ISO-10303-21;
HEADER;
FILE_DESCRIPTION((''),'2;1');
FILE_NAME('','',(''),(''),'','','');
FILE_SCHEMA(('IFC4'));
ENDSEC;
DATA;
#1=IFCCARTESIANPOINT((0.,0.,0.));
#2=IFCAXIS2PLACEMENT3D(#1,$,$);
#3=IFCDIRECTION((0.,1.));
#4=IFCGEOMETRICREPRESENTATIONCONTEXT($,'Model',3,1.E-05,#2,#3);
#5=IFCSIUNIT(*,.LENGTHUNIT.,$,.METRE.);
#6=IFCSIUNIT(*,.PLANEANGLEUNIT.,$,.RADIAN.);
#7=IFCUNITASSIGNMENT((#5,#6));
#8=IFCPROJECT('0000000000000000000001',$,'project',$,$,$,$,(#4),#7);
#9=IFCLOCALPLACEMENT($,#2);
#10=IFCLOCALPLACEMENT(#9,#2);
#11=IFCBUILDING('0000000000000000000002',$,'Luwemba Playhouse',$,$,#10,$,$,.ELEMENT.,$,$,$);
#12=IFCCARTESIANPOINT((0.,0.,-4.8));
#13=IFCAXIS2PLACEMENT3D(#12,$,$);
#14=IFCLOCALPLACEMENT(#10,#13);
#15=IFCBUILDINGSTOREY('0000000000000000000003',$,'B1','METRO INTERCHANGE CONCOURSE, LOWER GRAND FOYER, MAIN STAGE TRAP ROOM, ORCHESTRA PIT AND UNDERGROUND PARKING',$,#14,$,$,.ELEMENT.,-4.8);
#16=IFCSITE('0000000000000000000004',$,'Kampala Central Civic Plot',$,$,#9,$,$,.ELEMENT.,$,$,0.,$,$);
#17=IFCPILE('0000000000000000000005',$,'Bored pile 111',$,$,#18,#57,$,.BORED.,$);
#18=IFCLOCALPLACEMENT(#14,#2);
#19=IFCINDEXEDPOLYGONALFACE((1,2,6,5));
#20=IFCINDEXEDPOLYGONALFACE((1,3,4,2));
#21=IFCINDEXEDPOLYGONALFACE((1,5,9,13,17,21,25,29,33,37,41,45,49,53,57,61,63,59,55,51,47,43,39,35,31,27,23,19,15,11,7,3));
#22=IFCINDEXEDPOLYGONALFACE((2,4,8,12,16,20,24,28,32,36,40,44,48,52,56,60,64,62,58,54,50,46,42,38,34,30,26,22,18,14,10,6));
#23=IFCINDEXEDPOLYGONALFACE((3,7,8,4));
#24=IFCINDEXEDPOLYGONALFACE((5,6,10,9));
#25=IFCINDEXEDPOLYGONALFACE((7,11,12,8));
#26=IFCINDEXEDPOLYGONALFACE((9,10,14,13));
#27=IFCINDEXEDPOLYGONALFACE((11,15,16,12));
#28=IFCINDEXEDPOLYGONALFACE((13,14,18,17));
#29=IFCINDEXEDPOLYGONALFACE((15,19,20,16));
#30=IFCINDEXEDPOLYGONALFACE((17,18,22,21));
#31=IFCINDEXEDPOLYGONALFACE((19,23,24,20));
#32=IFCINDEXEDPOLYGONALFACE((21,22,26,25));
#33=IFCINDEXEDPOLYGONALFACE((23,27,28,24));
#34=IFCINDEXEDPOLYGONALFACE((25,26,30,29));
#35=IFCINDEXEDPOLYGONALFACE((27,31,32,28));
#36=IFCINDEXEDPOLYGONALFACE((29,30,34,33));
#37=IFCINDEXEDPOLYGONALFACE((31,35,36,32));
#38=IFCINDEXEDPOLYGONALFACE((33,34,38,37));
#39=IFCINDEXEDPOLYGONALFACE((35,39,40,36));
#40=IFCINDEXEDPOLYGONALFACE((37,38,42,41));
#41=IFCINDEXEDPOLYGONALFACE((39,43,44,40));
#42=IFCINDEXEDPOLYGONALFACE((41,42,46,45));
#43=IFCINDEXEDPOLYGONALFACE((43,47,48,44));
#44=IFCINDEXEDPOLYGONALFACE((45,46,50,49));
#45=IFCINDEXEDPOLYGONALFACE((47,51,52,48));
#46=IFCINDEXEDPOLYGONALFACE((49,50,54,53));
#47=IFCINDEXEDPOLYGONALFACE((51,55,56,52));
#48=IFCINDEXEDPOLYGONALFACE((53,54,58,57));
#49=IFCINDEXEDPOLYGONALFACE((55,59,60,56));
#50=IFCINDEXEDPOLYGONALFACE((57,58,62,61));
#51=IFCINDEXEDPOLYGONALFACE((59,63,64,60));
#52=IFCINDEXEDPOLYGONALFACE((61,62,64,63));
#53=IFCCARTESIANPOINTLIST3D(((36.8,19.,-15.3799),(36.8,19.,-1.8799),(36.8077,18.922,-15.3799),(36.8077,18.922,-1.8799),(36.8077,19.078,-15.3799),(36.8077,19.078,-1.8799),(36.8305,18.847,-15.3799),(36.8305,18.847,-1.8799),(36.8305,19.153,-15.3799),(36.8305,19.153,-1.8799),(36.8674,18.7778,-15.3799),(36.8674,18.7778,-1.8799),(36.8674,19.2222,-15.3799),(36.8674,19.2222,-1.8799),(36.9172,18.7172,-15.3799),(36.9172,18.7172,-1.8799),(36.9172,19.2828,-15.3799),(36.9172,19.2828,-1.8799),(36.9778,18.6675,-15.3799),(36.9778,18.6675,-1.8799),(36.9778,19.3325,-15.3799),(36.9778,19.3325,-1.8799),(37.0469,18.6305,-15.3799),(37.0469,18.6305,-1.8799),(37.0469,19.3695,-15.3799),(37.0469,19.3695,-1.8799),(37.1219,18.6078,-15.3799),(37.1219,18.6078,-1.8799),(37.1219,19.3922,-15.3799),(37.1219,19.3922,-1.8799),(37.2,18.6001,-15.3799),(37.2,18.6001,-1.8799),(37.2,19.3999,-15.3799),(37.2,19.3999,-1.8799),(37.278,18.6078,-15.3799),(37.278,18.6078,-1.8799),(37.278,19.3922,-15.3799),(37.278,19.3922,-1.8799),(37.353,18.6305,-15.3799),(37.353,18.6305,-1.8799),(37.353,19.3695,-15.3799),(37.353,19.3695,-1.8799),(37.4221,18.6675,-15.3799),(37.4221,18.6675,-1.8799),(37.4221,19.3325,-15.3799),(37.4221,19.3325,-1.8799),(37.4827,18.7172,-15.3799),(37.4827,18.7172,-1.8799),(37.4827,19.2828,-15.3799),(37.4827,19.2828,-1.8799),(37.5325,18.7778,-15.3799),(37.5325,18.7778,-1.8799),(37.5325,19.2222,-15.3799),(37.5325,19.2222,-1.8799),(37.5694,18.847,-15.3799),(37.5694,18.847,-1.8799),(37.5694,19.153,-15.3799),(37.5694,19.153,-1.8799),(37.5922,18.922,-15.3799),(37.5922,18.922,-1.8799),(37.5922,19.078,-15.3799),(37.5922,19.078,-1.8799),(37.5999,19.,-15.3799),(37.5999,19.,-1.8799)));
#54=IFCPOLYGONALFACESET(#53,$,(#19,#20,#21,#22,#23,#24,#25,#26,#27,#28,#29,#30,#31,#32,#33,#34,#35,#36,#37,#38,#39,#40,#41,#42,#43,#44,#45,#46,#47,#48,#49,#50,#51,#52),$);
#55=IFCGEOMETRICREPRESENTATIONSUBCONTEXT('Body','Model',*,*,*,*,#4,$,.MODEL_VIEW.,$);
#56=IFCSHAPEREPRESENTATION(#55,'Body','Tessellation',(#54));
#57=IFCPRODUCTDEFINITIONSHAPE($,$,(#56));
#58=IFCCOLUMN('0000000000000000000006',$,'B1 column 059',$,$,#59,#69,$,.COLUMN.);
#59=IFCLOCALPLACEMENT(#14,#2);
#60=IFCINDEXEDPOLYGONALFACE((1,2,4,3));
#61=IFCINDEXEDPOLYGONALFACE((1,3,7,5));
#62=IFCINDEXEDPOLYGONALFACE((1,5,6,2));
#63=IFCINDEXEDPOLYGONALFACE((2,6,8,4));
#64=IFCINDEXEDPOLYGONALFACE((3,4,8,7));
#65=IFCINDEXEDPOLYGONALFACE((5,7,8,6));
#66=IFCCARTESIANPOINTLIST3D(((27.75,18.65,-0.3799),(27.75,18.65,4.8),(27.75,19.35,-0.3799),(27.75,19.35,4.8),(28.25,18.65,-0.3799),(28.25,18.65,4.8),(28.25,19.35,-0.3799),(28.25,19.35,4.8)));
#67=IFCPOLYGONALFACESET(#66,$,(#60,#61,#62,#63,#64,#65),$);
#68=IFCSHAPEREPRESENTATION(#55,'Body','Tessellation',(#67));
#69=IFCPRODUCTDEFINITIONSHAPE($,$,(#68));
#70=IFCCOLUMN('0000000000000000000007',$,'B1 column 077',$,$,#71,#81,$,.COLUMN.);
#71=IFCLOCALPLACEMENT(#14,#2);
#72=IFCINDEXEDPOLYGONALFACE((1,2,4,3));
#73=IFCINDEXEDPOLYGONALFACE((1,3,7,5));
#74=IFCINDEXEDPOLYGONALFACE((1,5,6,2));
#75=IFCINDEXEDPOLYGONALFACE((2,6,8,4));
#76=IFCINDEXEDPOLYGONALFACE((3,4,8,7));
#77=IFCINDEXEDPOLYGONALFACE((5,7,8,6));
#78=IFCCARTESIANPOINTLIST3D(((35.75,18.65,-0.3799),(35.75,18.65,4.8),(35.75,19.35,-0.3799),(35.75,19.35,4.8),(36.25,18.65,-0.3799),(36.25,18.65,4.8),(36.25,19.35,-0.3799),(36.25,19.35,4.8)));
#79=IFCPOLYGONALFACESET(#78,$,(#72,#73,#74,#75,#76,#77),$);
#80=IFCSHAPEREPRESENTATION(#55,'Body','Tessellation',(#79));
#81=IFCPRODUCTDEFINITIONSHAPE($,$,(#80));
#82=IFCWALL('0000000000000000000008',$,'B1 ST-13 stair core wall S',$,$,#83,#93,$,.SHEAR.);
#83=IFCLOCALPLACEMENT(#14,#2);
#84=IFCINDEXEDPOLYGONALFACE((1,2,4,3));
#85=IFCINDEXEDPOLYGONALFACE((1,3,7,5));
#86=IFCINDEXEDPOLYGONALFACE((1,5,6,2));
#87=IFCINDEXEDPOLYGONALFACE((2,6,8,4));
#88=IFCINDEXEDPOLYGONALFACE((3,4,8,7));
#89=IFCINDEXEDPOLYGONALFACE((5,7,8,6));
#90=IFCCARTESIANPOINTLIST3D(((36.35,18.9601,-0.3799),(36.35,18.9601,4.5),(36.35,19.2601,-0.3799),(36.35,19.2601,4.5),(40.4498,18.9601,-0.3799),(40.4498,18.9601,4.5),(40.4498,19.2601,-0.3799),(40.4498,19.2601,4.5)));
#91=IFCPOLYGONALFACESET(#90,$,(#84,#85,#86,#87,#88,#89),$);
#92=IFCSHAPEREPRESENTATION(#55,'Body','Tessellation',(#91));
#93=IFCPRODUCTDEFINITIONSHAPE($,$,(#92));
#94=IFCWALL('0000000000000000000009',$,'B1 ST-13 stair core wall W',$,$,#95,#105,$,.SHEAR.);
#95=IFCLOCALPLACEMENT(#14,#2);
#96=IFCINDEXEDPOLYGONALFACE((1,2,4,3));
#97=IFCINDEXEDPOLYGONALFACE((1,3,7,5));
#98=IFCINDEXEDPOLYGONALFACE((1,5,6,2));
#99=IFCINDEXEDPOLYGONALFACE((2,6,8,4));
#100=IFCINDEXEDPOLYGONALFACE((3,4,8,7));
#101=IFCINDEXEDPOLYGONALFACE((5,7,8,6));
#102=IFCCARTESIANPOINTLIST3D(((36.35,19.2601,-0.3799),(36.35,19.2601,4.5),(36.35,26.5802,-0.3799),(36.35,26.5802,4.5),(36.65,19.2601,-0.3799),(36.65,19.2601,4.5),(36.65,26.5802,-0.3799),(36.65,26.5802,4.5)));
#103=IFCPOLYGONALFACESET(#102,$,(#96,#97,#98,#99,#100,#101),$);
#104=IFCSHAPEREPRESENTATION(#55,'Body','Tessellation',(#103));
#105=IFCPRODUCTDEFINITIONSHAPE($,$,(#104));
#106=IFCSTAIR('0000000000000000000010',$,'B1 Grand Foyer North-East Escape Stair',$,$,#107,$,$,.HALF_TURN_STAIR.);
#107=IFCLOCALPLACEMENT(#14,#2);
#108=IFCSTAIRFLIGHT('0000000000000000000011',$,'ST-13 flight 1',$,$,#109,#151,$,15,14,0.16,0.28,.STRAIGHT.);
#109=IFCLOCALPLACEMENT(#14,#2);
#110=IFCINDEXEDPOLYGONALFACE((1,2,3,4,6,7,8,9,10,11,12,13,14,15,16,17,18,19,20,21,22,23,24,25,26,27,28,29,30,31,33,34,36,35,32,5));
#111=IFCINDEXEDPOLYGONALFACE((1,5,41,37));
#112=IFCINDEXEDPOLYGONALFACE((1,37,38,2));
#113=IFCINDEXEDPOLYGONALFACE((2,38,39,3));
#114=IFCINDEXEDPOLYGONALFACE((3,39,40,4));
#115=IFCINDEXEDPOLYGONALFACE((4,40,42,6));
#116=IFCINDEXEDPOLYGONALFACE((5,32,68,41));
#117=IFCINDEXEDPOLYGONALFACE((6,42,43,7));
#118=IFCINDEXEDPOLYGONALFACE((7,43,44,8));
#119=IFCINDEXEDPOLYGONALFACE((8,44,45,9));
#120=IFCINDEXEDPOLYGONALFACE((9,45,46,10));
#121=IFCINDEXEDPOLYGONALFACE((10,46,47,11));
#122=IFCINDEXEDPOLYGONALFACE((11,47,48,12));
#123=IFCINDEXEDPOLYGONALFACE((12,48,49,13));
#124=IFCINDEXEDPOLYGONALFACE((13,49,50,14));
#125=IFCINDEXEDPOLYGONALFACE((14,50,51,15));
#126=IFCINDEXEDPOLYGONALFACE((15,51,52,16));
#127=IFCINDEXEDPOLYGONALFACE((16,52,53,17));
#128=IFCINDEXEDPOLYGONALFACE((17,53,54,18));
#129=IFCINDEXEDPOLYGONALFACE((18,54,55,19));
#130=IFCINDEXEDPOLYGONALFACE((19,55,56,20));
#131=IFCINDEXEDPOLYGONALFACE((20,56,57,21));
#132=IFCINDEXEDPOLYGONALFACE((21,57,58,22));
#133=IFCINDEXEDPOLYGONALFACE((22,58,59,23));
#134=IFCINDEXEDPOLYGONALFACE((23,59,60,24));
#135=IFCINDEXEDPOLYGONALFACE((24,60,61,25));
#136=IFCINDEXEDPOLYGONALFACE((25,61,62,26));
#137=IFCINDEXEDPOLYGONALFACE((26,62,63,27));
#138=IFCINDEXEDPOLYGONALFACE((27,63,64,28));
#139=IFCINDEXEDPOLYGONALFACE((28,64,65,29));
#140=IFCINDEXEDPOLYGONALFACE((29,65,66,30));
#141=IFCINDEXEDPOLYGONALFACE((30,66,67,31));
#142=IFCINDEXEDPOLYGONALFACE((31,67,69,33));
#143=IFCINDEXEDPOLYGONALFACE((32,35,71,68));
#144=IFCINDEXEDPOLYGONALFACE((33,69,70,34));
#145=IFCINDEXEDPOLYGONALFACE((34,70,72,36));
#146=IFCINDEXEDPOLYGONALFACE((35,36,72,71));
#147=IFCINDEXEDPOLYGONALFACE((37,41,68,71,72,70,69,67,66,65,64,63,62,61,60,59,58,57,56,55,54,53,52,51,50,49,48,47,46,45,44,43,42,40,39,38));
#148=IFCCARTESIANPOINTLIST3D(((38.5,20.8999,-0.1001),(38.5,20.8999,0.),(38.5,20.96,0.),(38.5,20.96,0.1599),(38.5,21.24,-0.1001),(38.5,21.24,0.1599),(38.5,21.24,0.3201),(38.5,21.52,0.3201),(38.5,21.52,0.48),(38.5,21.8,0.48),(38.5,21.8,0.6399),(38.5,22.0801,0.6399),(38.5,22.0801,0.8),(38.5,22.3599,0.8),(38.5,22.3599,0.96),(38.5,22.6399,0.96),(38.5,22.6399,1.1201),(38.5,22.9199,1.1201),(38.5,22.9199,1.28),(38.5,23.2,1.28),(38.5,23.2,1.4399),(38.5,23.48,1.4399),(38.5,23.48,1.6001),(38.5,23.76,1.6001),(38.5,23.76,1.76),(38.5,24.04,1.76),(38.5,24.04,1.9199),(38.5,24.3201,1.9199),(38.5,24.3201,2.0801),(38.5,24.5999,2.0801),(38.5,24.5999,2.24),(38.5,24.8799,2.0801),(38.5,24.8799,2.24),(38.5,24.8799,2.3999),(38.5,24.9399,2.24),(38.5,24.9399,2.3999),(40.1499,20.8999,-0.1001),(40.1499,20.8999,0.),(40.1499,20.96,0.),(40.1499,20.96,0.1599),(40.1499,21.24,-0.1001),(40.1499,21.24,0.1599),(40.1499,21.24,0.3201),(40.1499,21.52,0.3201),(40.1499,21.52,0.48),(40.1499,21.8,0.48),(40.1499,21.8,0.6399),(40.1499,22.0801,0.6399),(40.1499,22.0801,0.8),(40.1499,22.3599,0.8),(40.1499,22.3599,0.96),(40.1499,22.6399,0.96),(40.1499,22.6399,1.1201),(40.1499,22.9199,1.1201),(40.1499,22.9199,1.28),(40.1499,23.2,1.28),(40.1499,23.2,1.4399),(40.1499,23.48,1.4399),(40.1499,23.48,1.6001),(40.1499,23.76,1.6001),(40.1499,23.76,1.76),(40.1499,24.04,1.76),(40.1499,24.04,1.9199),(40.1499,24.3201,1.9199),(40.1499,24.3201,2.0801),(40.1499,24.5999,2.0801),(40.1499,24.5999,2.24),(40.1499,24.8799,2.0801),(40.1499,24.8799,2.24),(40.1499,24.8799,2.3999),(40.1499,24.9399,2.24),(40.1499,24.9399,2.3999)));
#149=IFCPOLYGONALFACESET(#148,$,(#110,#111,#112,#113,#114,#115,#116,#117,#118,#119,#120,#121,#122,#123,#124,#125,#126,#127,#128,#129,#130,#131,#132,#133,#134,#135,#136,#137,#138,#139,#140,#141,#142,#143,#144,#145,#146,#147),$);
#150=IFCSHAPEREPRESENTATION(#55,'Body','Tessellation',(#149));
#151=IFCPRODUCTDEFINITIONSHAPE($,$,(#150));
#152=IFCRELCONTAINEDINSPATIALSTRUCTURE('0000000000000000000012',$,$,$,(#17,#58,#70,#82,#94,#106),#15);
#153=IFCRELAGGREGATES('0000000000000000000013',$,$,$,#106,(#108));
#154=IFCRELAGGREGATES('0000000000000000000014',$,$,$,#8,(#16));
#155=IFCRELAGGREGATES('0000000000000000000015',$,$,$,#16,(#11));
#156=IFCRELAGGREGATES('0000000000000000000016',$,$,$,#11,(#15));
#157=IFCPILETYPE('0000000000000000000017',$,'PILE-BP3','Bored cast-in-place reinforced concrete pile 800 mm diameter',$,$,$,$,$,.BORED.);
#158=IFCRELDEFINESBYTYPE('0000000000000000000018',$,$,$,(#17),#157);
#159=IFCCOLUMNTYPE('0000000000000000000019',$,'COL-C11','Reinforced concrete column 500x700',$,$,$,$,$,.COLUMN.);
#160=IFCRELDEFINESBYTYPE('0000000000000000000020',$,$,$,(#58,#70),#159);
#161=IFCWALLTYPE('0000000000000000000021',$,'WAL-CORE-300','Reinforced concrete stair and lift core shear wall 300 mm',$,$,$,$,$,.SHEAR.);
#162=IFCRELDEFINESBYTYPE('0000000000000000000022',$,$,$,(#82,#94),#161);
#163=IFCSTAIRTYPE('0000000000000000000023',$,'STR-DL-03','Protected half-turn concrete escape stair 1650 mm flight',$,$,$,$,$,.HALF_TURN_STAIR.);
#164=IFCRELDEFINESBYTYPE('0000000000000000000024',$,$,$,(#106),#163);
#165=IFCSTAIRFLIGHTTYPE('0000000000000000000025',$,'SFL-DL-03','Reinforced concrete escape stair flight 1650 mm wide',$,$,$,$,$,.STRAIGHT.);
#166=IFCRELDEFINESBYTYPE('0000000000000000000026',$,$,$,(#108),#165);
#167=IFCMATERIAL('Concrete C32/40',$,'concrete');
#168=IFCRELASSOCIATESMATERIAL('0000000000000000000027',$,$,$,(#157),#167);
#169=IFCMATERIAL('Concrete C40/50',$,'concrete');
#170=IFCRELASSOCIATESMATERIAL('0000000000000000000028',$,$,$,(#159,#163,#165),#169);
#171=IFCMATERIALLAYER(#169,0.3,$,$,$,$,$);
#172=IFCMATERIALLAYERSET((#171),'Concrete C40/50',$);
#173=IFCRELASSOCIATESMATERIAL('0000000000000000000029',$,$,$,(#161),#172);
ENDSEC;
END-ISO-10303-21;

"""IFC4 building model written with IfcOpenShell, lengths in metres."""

from ifc_helpers import new_model, si_unit, direction, frame, frame_2d, origin, origin_2d, place, context, subcontext, project, spatial, polyline, rectangle, circle, outline, extrude, material, layer, layer_set, material_profile, profile_set, type_object, element, aggregate, save


model = new_model("IFC4")

# Units and contexts
model_context = context("Model", 3, precision=1e-05, world=origin(), true_north=direction((0.0, 1.0)))
body_context = subcontext(model_context, "Body", "Model", "MODEL_VIEW")
ifc_project = project(units=[si_unit("LENGTHUNIT", "METRE"), si_unit("PLANEANGLEUNIT", "RADIAN")], contexts=[model_context])

# Site, building, storey
site_placement = place(None, origin())
site = spatial("IfcSite", under=ifc_project, at=site_placement, Name="Kampala Central Civic Plot", CompositionType="ELEMENT", RefElevation=0.0)
building_placement = place(site_placement, origin())
building = spatial("IfcBuilding", under=site, at=building_placement, Name="Luwemba Playhouse", CompositionType="ELEMENT")
storey_placement = place(building_placement, frame((0.0, 0.0, -4.8)))
storey = spatial("IfcBuildingStorey", under=building, at=storey_placement, Name="B1", Description="METRO INTERCHANGE CONCOURSE, LOWER GRAND FOYER, MAIN STAGE TRAP ROOM, ORCHESTRA PIT AND UNDERGROUND PARKING", CompositionType="ELEMENT", Elevation=-4.8)

# Shared definitions
ifc_material_1 = material(Name="Concrete C32/40", Category="concrete")

# Pile
ifc_material_profile_1 = material_profile(ifc_material_1, circle(Radius=0.3999, at=origin_2d()))
ifc_profile_set_1 = profile_set([ifc_material_profile_1], Name="Concrete C32/40")
pile_type_1 = type_object("IfcPileType", Name="PILE-BP3", Description="Bored cast-in-place reinforced concrete pile 800 mm diameter", PredefinedType="BORED", material=ifc_profile_set_1)
for number, where, z_axis, x_axis, name in (
    (1, (37.2, 19.0, -1.8799), (0.0, 0.0, -1.0), (1.0, 0.0, 0.0), "Bored pile 111"),
):
    element("IfcPile", number, at=place(storey_placement, frame(where, z_axis=z_axis, x_axis=x_axis)), inside=storey, type_object=pile_type_1, Name=name, PredefinedType="BORED", context=body_context, shape_type="SweptSolid", body=[
        extrude(circle(Radius=0.3999, at=origin_2d()), origin(), (0.0, 0.0, 1.0), 13.5),
    ])

# Columns
ifc_material_2 = material(Name="Concrete C40/50", Category="concrete")
ifc_material_profile_2 = material_profile(ifc_material_2, rectangle(XDim=0.5, YDim=0.7, at=origin_2d()))
ifc_profile_set_2 = profile_set([ifc_material_profile_2], Name="Concrete C40/50")
column_type = type_object("IfcColumnType", Name="COL-C11", Description="Reinforced concrete column 500x700", PredefinedType="COLUMN", material=ifc_profile_set_2)
for number, where, z_axis, x_axis, name in (
    (2, (28.0, 19.0, -0.3799), (0.0, 0.0, 1.0), (1.0, 0.0, 0.0), "B1 column 059"),
    (3, (36.0, 19.0, -0.3799), (0.0, 0.0, 1.0), (1.0, 0.0, 0.0), "B1 column 077"),
):
    element("IfcColumn", number, at=place(storey_placement, frame(where, z_axis=z_axis, x_axis=x_axis)), inside=storey, type_object=column_type, Name=name, PredefinedType="COLUMN", context=body_context, shape_type="SweptSolid", body=[
        extrude(rectangle(XDim=0.5, YDim=0.7, at=origin_2d()), origin(), (0.0, 0.0, 1.0), 5.1799),
    ])

# Walls
ifc_layer = layer(ifc_material_2, 0.3)
ifc_layer_set = layer_set([ifc_layer], Name="Concrete C40/50")
wall_type = type_object("IfcWallType", Name="WAL-CORE-300", Description="Reinforced concrete stair and lift core shear wall 300 mm", PredefinedType="SHEAR", material=ifc_layer_set)
wall_1_placement = place(storey_placement, frame((36.3501, 19.1101, -0.3799), z_axis=(0.0, 0.0, 1.0), x_axis=(1.0, 0.0, 0.0)))
element("IfcWall", 4, at=wall_1_placement, inside=storey, type_object=wall_type, Name="B1 ST-13 stair core wall S", PredefinedType="SHEAR", context=body_context, shape_type="SweptSolid", body=[
    extrude(rectangle(XDim=4.0999, YDim=0.3, at=frame_2d((2.0498, 0.0))), origin(), (0.0, 0.0, 1.0), 4.8799),
])
wall_2_placement = place(storey_placement, frame((36.5, 19.26, -0.3799), z_axis=(0.0, 0.0, 1.0), x_axis=(0.0, 1.0, 0.0)))
element("IfcWall", 5, at=wall_2_placement, inside=storey, type_object=wall_type, Name="B1 ST-13 stair core wall W", PredefinedType="SHEAR", context=body_context, shape_type="SweptSolid", body=[
    extrude(rectangle(XDim=7.3201, YDim=0.3, at=frame_2d((3.6602, 0.0))), origin(), (0.0, 0.0, 1.0), 4.8799),
])

# Stair, stair flight
stair_type = type_object("IfcStairType", Name="STR-DL-03", Description="Protected half-turn concrete escape stair 1650 mm flight", PredefinedType="HALF_TURN_STAIR", material=ifc_material_2)
stair_placement = place(storey_placement, origin())
stair = element("IfcStair", 6, at=stair_placement, inside=storey, type_object=stair_type, Name="B1 Grand Foyer North-East Escape Stair", PredefinedType="HALF_TURN_STAIR")
stair_flight_type = type_object("IfcStairFlightType", Name="SFL-DL-03", Description="Reinforced concrete escape stair flight 1650 mm wide", PredefinedType="STRAIGHT", material=ifc_material_2)
stair_flight_1_placement = place(storey_placement, frame((39.325, 20.96, 0.0), z_axis=(0.0, 0.0, 1.0), x_axis=(0.0, 1.0, 0.0)))
stair_flight_1 = element("IfcStairFlight", 7, at=stair_flight_1_placement, type_object=stair_flight_type, Name="ST-13 flight 1", NumberOfRisers=15, NumberOfTreads=14, PredefinedType="STRAIGHT", RiserHeight=0.16, TreadLength=0.28, context=body_context, shape_type="SweptSolid", body=[
    extrude(outline(polyline([(-0.0601, -0.1001), (-0.0601, 0.0), (0.0, 0.0), (0.0, 0.1599), (0.28, 0.1599), (0.28, 0.3201), (0.5601, 0.3201), (0.5601, 0.48), (0.8401, 0.48), (0.8401, 0.6399), (1.1201, 0.6399), (1.1201, 0.8), (1.3999, 0.8), (1.3999, 0.96), (1.6799, 0.96), (1.6799, 1.1201), (1.96, 1.1201), (1.96, 1.28), (2.24, 1.28), (2.24, 1.4399), (2.52, 1.4399), (2.52, 1.6001), (2.8, 1.6001), (2.8, 1.76), (3.0801, 1.76), (3.0801, 1.9199), (3.3601, 1.9199), (3.3601, 2.0801), (3.6399, 2.0801), (3.6399, 2.24), (3.9199, 2.24), (3.9199, 2.3999), (3.98, 2.3999), (3.98, 2.24), (3.9199, 2.0801), (0.28, -0.1001), (-0.0601, -0.1001)])), frame((0.0, 0.825, 0.0), z_axis=(0.0, -1.0, 0.0), x_axis=(1.0, 0.0, 0.0)), (0.0, 0.0, 1.0), 1.6499),
])
aggregate(stair, [stair_flight_1])

save(model, "model.ifc")
